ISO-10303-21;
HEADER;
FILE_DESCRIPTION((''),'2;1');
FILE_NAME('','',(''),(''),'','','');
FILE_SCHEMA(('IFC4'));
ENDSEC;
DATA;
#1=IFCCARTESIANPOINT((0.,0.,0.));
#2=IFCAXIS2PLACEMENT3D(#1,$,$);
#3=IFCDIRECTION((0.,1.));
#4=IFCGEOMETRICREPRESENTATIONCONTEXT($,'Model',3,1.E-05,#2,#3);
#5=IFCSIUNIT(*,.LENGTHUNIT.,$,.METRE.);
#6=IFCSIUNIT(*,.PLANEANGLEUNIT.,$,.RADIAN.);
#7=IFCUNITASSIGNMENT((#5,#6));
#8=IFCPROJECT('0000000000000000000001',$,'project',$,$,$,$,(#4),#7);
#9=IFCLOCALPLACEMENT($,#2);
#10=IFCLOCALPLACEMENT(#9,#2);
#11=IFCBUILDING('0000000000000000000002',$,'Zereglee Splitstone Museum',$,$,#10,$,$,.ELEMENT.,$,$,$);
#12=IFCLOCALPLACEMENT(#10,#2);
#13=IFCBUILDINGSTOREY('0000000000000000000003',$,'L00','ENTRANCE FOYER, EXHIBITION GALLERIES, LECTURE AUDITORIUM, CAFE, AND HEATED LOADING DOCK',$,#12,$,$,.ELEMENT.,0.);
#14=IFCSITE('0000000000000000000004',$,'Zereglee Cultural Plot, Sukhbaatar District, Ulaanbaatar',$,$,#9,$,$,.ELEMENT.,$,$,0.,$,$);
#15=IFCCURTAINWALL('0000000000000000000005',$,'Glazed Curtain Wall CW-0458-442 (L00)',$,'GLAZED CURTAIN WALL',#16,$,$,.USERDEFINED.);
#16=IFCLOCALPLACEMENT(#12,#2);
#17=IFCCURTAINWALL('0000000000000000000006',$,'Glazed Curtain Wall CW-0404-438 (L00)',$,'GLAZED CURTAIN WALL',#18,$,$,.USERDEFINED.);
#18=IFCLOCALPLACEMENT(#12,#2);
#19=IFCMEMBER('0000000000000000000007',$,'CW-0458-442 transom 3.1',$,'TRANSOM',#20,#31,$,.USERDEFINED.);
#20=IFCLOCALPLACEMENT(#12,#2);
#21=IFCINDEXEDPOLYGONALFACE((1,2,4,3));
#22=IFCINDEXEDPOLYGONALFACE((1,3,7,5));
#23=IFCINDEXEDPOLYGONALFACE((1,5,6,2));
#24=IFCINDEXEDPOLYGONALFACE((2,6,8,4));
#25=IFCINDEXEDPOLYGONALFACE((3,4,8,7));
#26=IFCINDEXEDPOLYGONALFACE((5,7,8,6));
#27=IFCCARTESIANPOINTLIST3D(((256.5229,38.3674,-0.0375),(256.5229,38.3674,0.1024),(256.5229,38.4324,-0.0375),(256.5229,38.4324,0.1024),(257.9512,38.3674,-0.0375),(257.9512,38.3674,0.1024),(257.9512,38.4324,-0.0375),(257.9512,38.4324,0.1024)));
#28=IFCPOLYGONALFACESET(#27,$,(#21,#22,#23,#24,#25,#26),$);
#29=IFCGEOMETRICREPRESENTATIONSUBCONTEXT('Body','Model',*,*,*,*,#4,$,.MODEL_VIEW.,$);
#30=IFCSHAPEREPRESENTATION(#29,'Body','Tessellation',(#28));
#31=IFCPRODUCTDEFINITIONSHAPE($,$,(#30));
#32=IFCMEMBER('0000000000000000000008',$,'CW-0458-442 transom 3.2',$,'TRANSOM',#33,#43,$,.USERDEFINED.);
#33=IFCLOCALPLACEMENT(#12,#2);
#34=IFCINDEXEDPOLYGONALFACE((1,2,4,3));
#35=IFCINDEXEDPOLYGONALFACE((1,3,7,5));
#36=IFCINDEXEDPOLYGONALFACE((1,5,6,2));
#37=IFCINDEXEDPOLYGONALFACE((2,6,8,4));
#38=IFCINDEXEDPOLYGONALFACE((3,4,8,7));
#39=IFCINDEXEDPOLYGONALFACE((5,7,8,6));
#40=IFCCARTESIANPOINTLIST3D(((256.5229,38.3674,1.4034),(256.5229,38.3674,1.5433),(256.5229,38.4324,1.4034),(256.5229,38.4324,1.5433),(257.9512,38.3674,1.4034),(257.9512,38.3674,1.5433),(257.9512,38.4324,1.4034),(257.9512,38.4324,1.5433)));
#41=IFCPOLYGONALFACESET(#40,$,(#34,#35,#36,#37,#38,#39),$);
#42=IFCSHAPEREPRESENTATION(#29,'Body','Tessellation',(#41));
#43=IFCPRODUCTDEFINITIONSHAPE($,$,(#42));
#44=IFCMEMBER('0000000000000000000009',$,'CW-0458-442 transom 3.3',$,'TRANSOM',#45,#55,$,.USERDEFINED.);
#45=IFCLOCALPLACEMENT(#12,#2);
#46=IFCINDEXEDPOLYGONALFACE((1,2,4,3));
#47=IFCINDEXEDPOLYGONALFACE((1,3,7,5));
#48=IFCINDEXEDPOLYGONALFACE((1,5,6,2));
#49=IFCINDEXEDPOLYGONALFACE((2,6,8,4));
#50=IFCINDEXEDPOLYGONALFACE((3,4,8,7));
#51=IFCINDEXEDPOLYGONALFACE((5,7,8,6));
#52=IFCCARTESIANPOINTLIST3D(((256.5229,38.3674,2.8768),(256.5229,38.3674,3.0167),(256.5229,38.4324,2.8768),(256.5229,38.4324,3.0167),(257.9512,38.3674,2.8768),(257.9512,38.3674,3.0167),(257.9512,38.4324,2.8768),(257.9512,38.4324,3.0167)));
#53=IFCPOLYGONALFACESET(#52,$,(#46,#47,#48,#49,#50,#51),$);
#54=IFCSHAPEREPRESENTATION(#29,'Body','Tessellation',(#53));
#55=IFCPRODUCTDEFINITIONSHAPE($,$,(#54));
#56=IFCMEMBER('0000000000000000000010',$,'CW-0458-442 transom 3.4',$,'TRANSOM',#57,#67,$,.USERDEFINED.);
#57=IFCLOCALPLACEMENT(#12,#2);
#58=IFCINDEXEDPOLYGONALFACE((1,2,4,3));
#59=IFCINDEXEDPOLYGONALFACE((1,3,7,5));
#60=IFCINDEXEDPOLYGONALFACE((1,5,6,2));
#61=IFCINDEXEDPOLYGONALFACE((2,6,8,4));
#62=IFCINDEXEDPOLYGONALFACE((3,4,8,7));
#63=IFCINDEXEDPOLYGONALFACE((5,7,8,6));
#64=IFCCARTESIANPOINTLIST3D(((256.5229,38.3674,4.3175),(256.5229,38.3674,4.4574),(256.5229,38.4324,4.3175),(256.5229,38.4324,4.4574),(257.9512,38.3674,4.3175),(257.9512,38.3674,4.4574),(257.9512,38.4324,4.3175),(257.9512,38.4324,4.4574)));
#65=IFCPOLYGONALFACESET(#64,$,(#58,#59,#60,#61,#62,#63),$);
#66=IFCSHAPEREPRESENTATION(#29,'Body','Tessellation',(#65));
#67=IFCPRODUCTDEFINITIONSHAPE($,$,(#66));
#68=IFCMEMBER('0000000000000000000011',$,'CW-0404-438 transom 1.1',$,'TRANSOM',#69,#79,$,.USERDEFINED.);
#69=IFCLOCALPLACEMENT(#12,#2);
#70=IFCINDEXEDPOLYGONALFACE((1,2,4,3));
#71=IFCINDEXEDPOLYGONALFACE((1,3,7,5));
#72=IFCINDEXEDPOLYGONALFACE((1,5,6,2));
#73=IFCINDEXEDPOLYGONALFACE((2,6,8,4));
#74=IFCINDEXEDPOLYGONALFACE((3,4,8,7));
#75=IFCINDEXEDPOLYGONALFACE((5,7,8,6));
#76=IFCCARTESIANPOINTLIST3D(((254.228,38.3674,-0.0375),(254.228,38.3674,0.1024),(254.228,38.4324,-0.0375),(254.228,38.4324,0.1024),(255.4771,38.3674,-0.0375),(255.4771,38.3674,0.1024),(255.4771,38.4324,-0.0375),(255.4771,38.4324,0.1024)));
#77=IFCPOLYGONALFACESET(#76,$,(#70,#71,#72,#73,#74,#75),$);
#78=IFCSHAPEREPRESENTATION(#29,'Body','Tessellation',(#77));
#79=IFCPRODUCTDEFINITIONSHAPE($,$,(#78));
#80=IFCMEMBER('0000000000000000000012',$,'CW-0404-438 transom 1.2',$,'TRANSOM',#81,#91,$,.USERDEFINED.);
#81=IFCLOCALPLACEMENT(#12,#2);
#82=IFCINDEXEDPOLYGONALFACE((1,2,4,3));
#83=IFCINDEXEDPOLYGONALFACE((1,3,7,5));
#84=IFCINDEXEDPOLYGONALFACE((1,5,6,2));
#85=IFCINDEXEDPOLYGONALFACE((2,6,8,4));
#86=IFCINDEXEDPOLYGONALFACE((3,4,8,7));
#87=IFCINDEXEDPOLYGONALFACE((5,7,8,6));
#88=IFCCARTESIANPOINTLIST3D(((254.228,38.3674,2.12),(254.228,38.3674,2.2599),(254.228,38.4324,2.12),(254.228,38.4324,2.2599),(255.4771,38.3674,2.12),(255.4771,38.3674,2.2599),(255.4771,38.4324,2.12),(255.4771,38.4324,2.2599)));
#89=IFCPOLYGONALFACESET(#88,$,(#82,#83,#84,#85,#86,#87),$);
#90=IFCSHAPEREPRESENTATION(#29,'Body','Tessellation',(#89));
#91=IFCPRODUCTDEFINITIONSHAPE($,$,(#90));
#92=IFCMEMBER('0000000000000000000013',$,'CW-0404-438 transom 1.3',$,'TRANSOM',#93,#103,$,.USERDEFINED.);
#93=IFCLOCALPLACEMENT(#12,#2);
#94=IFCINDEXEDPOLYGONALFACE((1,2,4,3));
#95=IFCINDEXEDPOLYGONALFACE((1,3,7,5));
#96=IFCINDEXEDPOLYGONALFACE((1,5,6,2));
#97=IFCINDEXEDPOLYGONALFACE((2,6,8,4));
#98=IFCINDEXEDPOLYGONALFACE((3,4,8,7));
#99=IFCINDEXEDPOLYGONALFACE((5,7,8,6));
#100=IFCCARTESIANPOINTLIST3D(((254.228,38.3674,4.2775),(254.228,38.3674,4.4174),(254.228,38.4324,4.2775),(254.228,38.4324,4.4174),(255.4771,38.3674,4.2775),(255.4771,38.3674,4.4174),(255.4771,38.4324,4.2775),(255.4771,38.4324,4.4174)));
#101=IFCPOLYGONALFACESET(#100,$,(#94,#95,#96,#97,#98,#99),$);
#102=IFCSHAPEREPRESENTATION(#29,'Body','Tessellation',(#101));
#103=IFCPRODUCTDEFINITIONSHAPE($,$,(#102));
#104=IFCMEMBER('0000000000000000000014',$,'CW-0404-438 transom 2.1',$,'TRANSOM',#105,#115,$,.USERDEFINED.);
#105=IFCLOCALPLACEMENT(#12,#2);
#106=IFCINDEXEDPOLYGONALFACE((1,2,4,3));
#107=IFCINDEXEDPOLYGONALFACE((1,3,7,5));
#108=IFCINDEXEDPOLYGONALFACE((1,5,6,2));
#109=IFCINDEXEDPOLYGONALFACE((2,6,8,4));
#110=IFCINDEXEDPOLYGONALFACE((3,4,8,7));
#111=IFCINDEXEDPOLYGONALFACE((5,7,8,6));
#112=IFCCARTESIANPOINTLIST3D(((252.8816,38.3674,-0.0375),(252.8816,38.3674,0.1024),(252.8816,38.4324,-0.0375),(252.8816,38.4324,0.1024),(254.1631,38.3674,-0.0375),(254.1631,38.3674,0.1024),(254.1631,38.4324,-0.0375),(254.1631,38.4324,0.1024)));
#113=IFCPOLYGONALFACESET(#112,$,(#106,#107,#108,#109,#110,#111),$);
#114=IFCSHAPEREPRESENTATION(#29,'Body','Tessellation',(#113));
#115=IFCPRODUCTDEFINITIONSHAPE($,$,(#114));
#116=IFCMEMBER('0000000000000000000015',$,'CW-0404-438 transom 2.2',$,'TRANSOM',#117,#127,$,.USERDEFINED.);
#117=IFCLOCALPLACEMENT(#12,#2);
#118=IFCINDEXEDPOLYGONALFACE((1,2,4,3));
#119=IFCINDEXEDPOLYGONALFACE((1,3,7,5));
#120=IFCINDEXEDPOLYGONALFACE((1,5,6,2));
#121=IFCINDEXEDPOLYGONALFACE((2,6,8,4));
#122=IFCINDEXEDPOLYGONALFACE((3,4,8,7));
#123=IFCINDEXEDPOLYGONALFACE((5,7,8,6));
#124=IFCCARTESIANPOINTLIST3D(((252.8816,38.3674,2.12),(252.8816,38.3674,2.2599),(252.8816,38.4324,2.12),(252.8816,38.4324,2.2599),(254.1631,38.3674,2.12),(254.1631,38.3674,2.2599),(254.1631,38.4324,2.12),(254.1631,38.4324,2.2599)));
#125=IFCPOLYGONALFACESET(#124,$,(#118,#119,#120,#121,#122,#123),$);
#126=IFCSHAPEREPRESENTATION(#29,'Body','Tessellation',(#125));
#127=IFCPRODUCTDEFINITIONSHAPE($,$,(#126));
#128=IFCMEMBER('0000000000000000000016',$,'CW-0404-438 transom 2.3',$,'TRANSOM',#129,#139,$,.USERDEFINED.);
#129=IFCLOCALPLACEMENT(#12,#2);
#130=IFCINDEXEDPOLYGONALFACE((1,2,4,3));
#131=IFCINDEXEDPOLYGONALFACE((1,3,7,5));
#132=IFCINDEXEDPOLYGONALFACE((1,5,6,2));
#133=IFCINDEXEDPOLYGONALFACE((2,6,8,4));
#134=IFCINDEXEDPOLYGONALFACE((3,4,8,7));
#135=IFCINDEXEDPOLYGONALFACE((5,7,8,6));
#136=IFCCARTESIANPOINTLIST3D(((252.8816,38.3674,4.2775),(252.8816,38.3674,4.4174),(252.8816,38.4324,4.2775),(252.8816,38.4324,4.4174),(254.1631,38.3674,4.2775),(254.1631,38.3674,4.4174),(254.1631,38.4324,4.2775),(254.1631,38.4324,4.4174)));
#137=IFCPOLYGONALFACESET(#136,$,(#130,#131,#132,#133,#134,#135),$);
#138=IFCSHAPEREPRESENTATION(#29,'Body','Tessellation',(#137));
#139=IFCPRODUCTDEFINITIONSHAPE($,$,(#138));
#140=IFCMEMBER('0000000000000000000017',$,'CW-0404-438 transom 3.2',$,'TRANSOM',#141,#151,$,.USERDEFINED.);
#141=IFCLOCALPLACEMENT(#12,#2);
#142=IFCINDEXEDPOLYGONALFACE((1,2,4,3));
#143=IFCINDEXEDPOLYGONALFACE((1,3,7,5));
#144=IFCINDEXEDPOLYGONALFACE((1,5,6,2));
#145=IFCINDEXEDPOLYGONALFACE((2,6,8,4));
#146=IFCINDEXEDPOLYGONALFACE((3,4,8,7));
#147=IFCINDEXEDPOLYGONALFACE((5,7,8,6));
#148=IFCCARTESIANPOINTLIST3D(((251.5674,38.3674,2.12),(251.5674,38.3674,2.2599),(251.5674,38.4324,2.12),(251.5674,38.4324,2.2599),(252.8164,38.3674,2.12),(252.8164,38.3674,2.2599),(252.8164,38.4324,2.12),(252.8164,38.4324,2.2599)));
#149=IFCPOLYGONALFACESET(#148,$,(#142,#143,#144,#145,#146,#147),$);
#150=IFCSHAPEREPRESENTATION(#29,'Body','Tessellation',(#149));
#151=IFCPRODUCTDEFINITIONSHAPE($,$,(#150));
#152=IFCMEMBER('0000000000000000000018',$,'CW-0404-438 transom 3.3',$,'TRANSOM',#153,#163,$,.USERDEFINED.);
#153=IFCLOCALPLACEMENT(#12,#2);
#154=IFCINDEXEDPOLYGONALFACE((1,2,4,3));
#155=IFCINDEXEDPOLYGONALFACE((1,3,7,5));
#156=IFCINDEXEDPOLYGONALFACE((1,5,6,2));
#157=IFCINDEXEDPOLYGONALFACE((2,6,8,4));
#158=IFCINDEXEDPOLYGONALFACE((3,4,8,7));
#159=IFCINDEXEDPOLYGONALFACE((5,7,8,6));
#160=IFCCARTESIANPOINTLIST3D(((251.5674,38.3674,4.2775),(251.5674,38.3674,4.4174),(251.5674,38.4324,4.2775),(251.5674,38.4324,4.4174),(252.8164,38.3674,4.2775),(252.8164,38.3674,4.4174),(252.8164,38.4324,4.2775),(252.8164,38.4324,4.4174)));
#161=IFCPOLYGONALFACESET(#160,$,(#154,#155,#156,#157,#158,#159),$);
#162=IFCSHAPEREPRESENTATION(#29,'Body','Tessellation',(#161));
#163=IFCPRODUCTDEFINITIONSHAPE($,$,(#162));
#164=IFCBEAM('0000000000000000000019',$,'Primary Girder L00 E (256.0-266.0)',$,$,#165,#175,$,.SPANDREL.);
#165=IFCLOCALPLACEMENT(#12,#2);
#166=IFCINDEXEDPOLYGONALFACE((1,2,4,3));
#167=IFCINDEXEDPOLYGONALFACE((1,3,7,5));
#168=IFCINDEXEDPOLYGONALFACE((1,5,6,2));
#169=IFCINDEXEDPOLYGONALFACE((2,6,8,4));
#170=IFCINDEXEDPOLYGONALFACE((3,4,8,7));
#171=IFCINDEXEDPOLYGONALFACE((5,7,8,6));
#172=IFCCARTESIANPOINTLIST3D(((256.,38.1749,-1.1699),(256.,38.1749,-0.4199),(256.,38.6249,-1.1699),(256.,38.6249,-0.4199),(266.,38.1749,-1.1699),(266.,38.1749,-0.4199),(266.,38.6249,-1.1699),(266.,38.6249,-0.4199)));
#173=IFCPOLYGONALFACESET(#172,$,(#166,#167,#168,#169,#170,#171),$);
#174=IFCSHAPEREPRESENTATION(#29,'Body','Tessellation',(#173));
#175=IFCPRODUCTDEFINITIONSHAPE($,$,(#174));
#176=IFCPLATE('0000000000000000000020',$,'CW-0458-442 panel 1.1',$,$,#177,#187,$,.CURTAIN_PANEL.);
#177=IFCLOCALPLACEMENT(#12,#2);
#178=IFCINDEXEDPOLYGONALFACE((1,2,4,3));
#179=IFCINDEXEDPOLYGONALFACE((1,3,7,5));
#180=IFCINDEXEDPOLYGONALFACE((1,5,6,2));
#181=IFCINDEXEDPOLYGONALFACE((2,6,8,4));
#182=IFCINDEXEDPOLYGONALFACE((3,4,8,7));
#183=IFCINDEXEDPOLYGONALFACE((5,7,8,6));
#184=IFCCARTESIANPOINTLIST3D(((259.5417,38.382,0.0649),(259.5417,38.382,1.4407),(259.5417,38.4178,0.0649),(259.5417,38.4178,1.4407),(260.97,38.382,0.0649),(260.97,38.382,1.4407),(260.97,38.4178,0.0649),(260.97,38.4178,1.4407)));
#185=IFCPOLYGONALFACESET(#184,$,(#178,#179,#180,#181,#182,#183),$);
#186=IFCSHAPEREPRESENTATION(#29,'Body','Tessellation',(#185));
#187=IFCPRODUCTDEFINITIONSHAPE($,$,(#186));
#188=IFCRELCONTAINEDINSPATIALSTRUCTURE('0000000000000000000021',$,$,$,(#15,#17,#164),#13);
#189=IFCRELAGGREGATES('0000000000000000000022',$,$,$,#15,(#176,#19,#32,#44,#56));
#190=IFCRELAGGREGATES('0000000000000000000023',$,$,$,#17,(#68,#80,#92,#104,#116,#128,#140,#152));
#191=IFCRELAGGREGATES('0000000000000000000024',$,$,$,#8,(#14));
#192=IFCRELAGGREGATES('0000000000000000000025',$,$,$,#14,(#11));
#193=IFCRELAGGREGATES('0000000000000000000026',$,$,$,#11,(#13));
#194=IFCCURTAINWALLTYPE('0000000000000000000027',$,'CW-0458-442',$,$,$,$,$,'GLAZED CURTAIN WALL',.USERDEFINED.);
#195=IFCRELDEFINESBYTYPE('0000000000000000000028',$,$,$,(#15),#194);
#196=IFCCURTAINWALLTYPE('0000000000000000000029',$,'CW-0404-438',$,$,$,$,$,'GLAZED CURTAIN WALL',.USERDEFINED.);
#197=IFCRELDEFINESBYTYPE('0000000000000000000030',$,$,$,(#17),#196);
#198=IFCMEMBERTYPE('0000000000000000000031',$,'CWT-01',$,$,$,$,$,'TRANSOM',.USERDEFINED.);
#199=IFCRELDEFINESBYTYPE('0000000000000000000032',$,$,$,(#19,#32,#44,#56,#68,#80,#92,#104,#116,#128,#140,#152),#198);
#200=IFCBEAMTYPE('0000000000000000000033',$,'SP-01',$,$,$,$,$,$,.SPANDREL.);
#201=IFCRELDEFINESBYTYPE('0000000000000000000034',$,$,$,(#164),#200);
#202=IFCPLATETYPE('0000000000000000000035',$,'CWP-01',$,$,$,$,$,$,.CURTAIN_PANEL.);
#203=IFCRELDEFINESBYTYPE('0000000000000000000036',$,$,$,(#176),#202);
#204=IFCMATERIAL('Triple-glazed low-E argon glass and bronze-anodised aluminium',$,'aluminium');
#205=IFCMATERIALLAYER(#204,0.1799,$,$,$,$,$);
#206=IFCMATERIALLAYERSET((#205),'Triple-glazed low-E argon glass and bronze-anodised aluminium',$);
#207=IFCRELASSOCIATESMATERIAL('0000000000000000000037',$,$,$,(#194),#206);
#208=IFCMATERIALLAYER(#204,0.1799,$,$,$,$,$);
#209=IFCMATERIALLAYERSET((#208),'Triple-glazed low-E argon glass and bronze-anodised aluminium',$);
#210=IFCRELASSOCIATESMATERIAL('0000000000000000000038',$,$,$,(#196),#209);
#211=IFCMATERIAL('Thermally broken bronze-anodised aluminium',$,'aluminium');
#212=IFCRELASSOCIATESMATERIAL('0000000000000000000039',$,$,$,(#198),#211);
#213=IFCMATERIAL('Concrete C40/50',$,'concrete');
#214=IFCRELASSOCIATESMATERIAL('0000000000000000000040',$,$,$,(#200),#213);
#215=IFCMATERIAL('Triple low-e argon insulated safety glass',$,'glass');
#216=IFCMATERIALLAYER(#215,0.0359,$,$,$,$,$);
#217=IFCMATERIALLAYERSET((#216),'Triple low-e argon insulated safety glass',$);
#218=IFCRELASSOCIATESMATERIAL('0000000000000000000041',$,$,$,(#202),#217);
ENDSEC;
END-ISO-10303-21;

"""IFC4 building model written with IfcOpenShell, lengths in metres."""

from ifc_helpers import new_model, si_unit, direction, frame, origin, origin_2d, place, context, subcontext, project, spatial, rectangle, extrude, material, layer, layer_set, material_profile, profile_set, type_object, element, aggregate, save


model = new_model("IFC4")

# Units and contexts
model_context = context("Model", 3, precision=1e-05, world=origin(), true_north=direction((0.0, 1.0)))
body_context = subcontext(model_context, "Body", "Model", "MODEL_VIEW")
ifc_project = project(units=[si_unit("LENGTHUNIT", "METRE"), si_unit("PLANEANGLEUNIT", "RADIAN")], contexts=[model_context])

# Site, building, storey
site_placement = place(None, origin())
site = spatial("IfcSite", under=ifc_project, at=site_placement, Name="Zereglee Cultural Plot, Sukhbaatar District, Ulaanbaatar", CompositionType="ELEMENT", RefElevation=0.0)
building_placement = place(site_placement, origin())
building = spatial("IfcBuilding", under=site, at=building_placement, Name="Zereglee Splitstone Museum", CompositionType="ELEMENT")
storey_placement = place(building_placement, origin())
storey = spatial("IfcBuildingStorey", under=building, at=storey_placement, Name="L00", Description="ENTRANCE FOYER, EXHIBITION GALLERIES, LECTURE AUDITORIUM, CAFE, AND HEATED LOADING DOCK", CompositionType="ELEMENT", Elevation=0.0)

# Curtain walls
ifc_material_1 = material(Name="Triple-glazed low-E argon glass and bronze-anodised aluminium", Category="aluminium")
ifc_layer_1 = layer(ifc_material_1, 0.1799)
ifc_layer_set_1 = layer_set([ifc_layer_1], Name="Triple-glazed low-E argon glass and bronze-anodised aluminium")
curtain_wall_type_1 = type_object("IfcCurtainWallType", Name="CW-0458-442", ElementType="GLAZED CURTAIN WALL", PredefinedType="USERDEFINED", material=ifc_layer_set_1)
curtain_wall_1_placement = place(storey_placement, origin())
curtain_wall_1 = element("IfcCurtainWall", 1, at=curtain_wall_1_placement, inside=storey, type_object=curtain_wall_type_1, Name="Glazed Curtain Wall CW-0458-442 (L00)", ObjectType="GLAZED CURTAIN WALL", PredefinedType="USERDEFINED")
ifc_material_2 = material(Name="Thermally broken bronze-anodised aluminium", Category="aluminium")
ifc_layer_2 = layer(ifc_material_1, 0.1799)
ifc_layer_set_2 = layer_set([ifc_layer_2], Name="Triple-glazed low-E argon glass and bronze-anodised aluminium")
curtain_wall_type_2 = type_object("IfcCurtainWallType", Name="CW-0404-438", ElementType="GLAZED CURTAIN WALL", PredefinedType="USERDEFINED", material=ifc_layer_set_2)
curtain_wall_2_placement = place(storey_placement, origin())
curtain_wall_2 = element("IfcCurtainWall", 2, at=curtain_wall_2_placement, inside=storey, type_object=curtain_wall_type_2, Name="Glazed Curtain Wall CW-0404-438 (L00)", ObjectType="GLAZED CURTAIN WALL", PredefinedType="USERDEFINED")

# Members
ifc_material_profile_1 = material_profile(ifc_material_2, rectangle(XDim=0.0649, YDim=0.1399, at=origin_2d()), Name="CW TRAN 65x140")
ifc_profile_set_1 = profile_set([ifc_material_profile_1], Name="Thermally broken bronze-anodised aluminium")
member_type_1 = type_object("IfcMemberType", Name="CWT-01", ElementType="TRANSOM", PredefinedType="USERDEFINED", material=ifc_profile_set_1)
member_1_placement = place(storey_placement, frame((257.9512, 38.3999, 0.0325), z_axis=(-1.0, 0.0, 0.0), x_axis=(0.0, -1.0, 0.0)))
member_1 = element("IfcMember", 3, at=member_1_placement, type_object=member_type_1, Name="CW-0458-442 transom 3.1", ObjectType="TRANSOM", PredefinedType="USERDEFINED", context=body_context, shape_type="SweptSolid", body=[
    extrude(rectangle(XDim=0.0649, YDim=0.1399, at=origin_2d()), origin(), (0.0, 0.0, 1.0), 1.4282),
])
member_2_placement = place(storey_placement, frame((257.9512, 38.3999, 1.4734), z_axis=(-1.0, 0.0, 0.0), x_axis=(0.0, -1.0, 0.0)))
member_2 = element("IfcMember", 4, at=member_2_placement, type_object=member_type_1, Name="CW-0458-442 transom 3.2", ObjectType="TRANSOM", PredefinedType="USERDEFINED", context=body_context, shape_type="SweptSolid", body=[
    extrude(rectangle(XDim=0.0649, YDim=0.1399, at=origin_2d()), origin(), (0.0, 0.0, 1.0), 1.4282),
])
member_3_placement = place(storey_placement, frame((257.9512, 38.3999, 2.9468), z_axis=(-1.0, 0.0, 0.0), x_axis=(0.0, -1.0, 0.0)))
member_3 = element("IfcMember", 5, at=member_3_placement, type_object=member_type_1, Name="CW-0458-442 transom 3.3", ObjectType="TRANSOM", PredefinedType="USERDEFINED", context=body_context, shape_type="SweptSolid", body=[
    extrude(rectangle(XDim=0.0649, YDim=0.1399, at=origin_2d()), origin(), (0.0, 0.0, 1.0), 1.4282),
])
member_4_placement = place(storey_placement, frame((257.9512, 38.3999, 4.3875), z_axis=(-1.0, 0.0, 0.0), x_axis=(0.0, -1.0, 0.0)))
member_4 = element("IfcMember", 6, at=member_4_placement, type_object=member_type_1, Name="CW-0458-442 transom 3.4", ObjectType="TRANSOM", PredefinedType="USERDEFINED", context=body_context, shape_type="SweptSolid", body=[
    extrude(rectangle(XDim=0.0649, YDim=0.1399, at=origin_2d()), origin(), (0.0, 0.0, 1.0), 1.4282),
])
member_5_placement = place(storey_placement, frame((255.4771, 38.3999, 0.0325), z_axis=(-1.0, 0.0, 0.0), x_axis=(0.0, -1.0, 0.0)))
member_5 = element("IfcMember", 7, at=member_5_placement, type_object=member_type_1, Name="CW-0404-438 transom 1.1", ObjectType="TRANSOM", PredefinedType="USERDEFINED", context=body_context, shape_type="SweptSolid", body=[
    extrude(rectangle(XDim=0.0649, YDim=0.1399, at=origin_2d()), origin(), (0.0, 0.0, 1.0), 1.249),
])
member_6_placement = place(storey_placement, frame((255.4771, 38.3999, 2.1899), z_axis=(-1.0, 0.0, 0.0), x_axis=(0.0, -1.0, 0.0)))
member_6 = element("IfcMember", 8, at=member_6_placement, type_object=member_type_1, Name="CW-0404-438 transom 1.2", ObjectType="TRANSOM", PredefinedType="USERDEFINED", context=body_context, shape_type="SweptSolid", body=[
    extrude(rectangle(XDim=0.0649, YDim=0.1399, at=origin_2d()), origin(), (0.0, 0.0, 1.0), 1.249),
])
member_7_placement = place(storey_placement, frame((255.4771, 38.3999, 4.3474), z_axis=(-1.0, 0.0, 0.0), x_axis=(0.0, -1.0, 0.0)))
member_7 = element("IfcMember", 9, at=member_7_placement, type_object=member_type_1, Name="CW-0404-438 transom 1.3", ObjectType="TRANSOM", PredefinedType="USERDEFINED", context=body_context, shape_type="SweptSolid", body=[
    extrude(rectangle(XDim=0.0649, YDim=0.1399, at=origin_2d()), origin(), (0.0, 0.0, 1.0), 1.249),
])
member_8_placement = place(storey_placement, frame((254.1631, 38.3999, 0.0325), z_axis=(-1.0, 0.0, 0.0), x_axis=(0.0, -1.0, 0.0)))
member_8 = element("IfcMember", 10, at=member_8_placement, type_object=member_type_1, Name="CW-0404-438 transom 2.1", ObjectType="TRANSOM", PredefinedType="USERDEFINED", context=body_context, shape_type="SweptSolid", body=[
    extrude(rectangle(XDim=0.0649, YDim=0.1399, at=origin_2d()), origin(), (0.0, 0.0, 1.0), 1.2815),
])
member_9_placement = place(storey_placement, frame((254.1631, 38.3999, 2.1899), z_axis=(-1.0, 0.0, 0.0), x_axis=(0.0, -1.0, 0.0)))
member_9 = element("IfcMember", 11, at=member_9_placement, type_object=member_type_1, Name="CW-0404-438 transom 2.2", ObjectType="TRANSOM", PredefinedType="USERDEFINED", context=body_context, shape_type="SweptSolid", body=[
    extrude(rectangle(XDim=0.0649, YDim=0.1399, at=origin_2d()), origin(), (0.0, 0.0, 1.0), 1.2815),
])
member_10_placement = place(storey_placement, frame((254.1631, 38.3999, 4.3474), z_axis=(-1.0, 0.0, 0.0), x_axis=(0.0, -1.0, 0.0)))
member_10 = element("IfcMember", 12, at=member_10_placement, type_object=member_type_1, Name="CW-0404-438 transom 2.3", ObjectType="TRANSOM", PredefinedType="USERDEFINED", context=body_context, shape_type="SweptSolid", body=[
    extrude(rectangle(XDim=0.0649, YDim=0.1399, at=origin_2d()), origin(), (0.0, 0.0, 1.0), 1.2815),
])
member_11_placement = place(storey_placement, frame((252.8164, 38.3999, 2.1899), z_axis=(-1.0, 0.0, 0.0), x_axis=(0.0, -1.0, 0.0)))
member_11 = element("IfcMember", 13, at=member_11_placement, type_object=member_type_1, Name="CW-0404-438 transom 3.2", ObjectType="TRANSOM", PredefinedType="USERDEFINED", context=body_context, shape_type="SweptSolid", body=[
    extrude(rectangle(XDim=0.0649, YDim=0.1399, at=origin_2d()), origin(), (0.0, 0.0, 1.0), 1.249),
])
member_12_placement = place(storey_placement, frame((252.8164, 38.3999, 4.3474), z_axis=(-1.0, 0.0, 0.0), x_axis=(0.0, -1.0, 0.0)))
member_12 = element("IfcMember", 14, at=member_12_placement, type_object=member_type_1, Name="CW-0404-438 transom 3.3", ObjectType="TRANSOM", PredefinedType="USERDEFINED", context=body_context, shape_type="SweptSolid", body=[
    extrude(rectangle(XDim=0.0649, YDim=0.1399, at=origin_2d()), origin(), (0.0, 0.0, 1.0), 1.249),
])

# Beam
ifc_material_3 = material(Name="Concrete C40/50", Category="concrete")
ifc_material_profile_2 = material_profile(ifc_material_3, rectangle(XDim=0.45, YDim=0.75, at=origin_2d()), Name="RC 450x750")
ifc_profile_set_2 = profile_set([ifc_material_profile_2], Name="Concrete C40/50")
beam_type = type_object("IfcBeamType", Name="SP-01", PredefinedType="SPANDREL", material=ifc_profile_set_2)
beam_placement = place(storey_placement, frame((256.0, 38.3999, -0.7949), z_axis=(1.0, 0.0, 0.0), x_axis=(0.0, 1.0, 0.0)))
element("IfcBeam", 15, at=beam_placement, inside=storey, type_object=beam_type, Name="Primary Girder L00 E (256.0-266.0)", PredefinedType="SPANDREL", context=body_context, shape_type="SweptSolid", body=[
    extrude(rectangle(XDim=0.45, YDim=0.75, at=origin_2d()), origin(), (0.0, 0.0, 1.0), 10.0),
])

# Plate
ifc_material_4 = material(Name="Triple low-e argon insulated safety glass", Category="glass")
ifc_layer_3 = layer(ifc_material_4, 0.0359)
ifc_layer_set_3 = layer_set([ifc_layer_3], Name="Triple low-e argon insulated safety glass")
plate_type = type_object("IfcPlateType", Name="CWP-01", PredefinedType="CURTAIN_PANEL", material=ifc_layer_set_3)
plate_1_placement = place(storey_placement, frame((260.2559, 38.3999, 0.0649), z_axis=(0.0, 0.0, 1.0), x_axis=(-1.0, 0.0, 0.0)))
plate_1 = element("IfcPlate", 16, at=plate_1_placement, type_object=plate_type, Name="CW-0458-442 panel 1.1", PredefinedType="CURTAIN_PANEL", context=body_context, shape_type="SweptSolid", body=[
    extrude(rectangle(XDim=1.4282, YDim=0.0359, at=origin_2d()), origin(), (0.0, 0.0, 1.0), 1.3757),
])
aggregate(curtain_wall_1, [plate_1, member_1, member_2, member_3, member_4])
aggregate(curtain_wall_2, [member_5, member_6, member_7, member_8, member_9, member_10, member_11, member_12])

save(model, "model.ifc")
